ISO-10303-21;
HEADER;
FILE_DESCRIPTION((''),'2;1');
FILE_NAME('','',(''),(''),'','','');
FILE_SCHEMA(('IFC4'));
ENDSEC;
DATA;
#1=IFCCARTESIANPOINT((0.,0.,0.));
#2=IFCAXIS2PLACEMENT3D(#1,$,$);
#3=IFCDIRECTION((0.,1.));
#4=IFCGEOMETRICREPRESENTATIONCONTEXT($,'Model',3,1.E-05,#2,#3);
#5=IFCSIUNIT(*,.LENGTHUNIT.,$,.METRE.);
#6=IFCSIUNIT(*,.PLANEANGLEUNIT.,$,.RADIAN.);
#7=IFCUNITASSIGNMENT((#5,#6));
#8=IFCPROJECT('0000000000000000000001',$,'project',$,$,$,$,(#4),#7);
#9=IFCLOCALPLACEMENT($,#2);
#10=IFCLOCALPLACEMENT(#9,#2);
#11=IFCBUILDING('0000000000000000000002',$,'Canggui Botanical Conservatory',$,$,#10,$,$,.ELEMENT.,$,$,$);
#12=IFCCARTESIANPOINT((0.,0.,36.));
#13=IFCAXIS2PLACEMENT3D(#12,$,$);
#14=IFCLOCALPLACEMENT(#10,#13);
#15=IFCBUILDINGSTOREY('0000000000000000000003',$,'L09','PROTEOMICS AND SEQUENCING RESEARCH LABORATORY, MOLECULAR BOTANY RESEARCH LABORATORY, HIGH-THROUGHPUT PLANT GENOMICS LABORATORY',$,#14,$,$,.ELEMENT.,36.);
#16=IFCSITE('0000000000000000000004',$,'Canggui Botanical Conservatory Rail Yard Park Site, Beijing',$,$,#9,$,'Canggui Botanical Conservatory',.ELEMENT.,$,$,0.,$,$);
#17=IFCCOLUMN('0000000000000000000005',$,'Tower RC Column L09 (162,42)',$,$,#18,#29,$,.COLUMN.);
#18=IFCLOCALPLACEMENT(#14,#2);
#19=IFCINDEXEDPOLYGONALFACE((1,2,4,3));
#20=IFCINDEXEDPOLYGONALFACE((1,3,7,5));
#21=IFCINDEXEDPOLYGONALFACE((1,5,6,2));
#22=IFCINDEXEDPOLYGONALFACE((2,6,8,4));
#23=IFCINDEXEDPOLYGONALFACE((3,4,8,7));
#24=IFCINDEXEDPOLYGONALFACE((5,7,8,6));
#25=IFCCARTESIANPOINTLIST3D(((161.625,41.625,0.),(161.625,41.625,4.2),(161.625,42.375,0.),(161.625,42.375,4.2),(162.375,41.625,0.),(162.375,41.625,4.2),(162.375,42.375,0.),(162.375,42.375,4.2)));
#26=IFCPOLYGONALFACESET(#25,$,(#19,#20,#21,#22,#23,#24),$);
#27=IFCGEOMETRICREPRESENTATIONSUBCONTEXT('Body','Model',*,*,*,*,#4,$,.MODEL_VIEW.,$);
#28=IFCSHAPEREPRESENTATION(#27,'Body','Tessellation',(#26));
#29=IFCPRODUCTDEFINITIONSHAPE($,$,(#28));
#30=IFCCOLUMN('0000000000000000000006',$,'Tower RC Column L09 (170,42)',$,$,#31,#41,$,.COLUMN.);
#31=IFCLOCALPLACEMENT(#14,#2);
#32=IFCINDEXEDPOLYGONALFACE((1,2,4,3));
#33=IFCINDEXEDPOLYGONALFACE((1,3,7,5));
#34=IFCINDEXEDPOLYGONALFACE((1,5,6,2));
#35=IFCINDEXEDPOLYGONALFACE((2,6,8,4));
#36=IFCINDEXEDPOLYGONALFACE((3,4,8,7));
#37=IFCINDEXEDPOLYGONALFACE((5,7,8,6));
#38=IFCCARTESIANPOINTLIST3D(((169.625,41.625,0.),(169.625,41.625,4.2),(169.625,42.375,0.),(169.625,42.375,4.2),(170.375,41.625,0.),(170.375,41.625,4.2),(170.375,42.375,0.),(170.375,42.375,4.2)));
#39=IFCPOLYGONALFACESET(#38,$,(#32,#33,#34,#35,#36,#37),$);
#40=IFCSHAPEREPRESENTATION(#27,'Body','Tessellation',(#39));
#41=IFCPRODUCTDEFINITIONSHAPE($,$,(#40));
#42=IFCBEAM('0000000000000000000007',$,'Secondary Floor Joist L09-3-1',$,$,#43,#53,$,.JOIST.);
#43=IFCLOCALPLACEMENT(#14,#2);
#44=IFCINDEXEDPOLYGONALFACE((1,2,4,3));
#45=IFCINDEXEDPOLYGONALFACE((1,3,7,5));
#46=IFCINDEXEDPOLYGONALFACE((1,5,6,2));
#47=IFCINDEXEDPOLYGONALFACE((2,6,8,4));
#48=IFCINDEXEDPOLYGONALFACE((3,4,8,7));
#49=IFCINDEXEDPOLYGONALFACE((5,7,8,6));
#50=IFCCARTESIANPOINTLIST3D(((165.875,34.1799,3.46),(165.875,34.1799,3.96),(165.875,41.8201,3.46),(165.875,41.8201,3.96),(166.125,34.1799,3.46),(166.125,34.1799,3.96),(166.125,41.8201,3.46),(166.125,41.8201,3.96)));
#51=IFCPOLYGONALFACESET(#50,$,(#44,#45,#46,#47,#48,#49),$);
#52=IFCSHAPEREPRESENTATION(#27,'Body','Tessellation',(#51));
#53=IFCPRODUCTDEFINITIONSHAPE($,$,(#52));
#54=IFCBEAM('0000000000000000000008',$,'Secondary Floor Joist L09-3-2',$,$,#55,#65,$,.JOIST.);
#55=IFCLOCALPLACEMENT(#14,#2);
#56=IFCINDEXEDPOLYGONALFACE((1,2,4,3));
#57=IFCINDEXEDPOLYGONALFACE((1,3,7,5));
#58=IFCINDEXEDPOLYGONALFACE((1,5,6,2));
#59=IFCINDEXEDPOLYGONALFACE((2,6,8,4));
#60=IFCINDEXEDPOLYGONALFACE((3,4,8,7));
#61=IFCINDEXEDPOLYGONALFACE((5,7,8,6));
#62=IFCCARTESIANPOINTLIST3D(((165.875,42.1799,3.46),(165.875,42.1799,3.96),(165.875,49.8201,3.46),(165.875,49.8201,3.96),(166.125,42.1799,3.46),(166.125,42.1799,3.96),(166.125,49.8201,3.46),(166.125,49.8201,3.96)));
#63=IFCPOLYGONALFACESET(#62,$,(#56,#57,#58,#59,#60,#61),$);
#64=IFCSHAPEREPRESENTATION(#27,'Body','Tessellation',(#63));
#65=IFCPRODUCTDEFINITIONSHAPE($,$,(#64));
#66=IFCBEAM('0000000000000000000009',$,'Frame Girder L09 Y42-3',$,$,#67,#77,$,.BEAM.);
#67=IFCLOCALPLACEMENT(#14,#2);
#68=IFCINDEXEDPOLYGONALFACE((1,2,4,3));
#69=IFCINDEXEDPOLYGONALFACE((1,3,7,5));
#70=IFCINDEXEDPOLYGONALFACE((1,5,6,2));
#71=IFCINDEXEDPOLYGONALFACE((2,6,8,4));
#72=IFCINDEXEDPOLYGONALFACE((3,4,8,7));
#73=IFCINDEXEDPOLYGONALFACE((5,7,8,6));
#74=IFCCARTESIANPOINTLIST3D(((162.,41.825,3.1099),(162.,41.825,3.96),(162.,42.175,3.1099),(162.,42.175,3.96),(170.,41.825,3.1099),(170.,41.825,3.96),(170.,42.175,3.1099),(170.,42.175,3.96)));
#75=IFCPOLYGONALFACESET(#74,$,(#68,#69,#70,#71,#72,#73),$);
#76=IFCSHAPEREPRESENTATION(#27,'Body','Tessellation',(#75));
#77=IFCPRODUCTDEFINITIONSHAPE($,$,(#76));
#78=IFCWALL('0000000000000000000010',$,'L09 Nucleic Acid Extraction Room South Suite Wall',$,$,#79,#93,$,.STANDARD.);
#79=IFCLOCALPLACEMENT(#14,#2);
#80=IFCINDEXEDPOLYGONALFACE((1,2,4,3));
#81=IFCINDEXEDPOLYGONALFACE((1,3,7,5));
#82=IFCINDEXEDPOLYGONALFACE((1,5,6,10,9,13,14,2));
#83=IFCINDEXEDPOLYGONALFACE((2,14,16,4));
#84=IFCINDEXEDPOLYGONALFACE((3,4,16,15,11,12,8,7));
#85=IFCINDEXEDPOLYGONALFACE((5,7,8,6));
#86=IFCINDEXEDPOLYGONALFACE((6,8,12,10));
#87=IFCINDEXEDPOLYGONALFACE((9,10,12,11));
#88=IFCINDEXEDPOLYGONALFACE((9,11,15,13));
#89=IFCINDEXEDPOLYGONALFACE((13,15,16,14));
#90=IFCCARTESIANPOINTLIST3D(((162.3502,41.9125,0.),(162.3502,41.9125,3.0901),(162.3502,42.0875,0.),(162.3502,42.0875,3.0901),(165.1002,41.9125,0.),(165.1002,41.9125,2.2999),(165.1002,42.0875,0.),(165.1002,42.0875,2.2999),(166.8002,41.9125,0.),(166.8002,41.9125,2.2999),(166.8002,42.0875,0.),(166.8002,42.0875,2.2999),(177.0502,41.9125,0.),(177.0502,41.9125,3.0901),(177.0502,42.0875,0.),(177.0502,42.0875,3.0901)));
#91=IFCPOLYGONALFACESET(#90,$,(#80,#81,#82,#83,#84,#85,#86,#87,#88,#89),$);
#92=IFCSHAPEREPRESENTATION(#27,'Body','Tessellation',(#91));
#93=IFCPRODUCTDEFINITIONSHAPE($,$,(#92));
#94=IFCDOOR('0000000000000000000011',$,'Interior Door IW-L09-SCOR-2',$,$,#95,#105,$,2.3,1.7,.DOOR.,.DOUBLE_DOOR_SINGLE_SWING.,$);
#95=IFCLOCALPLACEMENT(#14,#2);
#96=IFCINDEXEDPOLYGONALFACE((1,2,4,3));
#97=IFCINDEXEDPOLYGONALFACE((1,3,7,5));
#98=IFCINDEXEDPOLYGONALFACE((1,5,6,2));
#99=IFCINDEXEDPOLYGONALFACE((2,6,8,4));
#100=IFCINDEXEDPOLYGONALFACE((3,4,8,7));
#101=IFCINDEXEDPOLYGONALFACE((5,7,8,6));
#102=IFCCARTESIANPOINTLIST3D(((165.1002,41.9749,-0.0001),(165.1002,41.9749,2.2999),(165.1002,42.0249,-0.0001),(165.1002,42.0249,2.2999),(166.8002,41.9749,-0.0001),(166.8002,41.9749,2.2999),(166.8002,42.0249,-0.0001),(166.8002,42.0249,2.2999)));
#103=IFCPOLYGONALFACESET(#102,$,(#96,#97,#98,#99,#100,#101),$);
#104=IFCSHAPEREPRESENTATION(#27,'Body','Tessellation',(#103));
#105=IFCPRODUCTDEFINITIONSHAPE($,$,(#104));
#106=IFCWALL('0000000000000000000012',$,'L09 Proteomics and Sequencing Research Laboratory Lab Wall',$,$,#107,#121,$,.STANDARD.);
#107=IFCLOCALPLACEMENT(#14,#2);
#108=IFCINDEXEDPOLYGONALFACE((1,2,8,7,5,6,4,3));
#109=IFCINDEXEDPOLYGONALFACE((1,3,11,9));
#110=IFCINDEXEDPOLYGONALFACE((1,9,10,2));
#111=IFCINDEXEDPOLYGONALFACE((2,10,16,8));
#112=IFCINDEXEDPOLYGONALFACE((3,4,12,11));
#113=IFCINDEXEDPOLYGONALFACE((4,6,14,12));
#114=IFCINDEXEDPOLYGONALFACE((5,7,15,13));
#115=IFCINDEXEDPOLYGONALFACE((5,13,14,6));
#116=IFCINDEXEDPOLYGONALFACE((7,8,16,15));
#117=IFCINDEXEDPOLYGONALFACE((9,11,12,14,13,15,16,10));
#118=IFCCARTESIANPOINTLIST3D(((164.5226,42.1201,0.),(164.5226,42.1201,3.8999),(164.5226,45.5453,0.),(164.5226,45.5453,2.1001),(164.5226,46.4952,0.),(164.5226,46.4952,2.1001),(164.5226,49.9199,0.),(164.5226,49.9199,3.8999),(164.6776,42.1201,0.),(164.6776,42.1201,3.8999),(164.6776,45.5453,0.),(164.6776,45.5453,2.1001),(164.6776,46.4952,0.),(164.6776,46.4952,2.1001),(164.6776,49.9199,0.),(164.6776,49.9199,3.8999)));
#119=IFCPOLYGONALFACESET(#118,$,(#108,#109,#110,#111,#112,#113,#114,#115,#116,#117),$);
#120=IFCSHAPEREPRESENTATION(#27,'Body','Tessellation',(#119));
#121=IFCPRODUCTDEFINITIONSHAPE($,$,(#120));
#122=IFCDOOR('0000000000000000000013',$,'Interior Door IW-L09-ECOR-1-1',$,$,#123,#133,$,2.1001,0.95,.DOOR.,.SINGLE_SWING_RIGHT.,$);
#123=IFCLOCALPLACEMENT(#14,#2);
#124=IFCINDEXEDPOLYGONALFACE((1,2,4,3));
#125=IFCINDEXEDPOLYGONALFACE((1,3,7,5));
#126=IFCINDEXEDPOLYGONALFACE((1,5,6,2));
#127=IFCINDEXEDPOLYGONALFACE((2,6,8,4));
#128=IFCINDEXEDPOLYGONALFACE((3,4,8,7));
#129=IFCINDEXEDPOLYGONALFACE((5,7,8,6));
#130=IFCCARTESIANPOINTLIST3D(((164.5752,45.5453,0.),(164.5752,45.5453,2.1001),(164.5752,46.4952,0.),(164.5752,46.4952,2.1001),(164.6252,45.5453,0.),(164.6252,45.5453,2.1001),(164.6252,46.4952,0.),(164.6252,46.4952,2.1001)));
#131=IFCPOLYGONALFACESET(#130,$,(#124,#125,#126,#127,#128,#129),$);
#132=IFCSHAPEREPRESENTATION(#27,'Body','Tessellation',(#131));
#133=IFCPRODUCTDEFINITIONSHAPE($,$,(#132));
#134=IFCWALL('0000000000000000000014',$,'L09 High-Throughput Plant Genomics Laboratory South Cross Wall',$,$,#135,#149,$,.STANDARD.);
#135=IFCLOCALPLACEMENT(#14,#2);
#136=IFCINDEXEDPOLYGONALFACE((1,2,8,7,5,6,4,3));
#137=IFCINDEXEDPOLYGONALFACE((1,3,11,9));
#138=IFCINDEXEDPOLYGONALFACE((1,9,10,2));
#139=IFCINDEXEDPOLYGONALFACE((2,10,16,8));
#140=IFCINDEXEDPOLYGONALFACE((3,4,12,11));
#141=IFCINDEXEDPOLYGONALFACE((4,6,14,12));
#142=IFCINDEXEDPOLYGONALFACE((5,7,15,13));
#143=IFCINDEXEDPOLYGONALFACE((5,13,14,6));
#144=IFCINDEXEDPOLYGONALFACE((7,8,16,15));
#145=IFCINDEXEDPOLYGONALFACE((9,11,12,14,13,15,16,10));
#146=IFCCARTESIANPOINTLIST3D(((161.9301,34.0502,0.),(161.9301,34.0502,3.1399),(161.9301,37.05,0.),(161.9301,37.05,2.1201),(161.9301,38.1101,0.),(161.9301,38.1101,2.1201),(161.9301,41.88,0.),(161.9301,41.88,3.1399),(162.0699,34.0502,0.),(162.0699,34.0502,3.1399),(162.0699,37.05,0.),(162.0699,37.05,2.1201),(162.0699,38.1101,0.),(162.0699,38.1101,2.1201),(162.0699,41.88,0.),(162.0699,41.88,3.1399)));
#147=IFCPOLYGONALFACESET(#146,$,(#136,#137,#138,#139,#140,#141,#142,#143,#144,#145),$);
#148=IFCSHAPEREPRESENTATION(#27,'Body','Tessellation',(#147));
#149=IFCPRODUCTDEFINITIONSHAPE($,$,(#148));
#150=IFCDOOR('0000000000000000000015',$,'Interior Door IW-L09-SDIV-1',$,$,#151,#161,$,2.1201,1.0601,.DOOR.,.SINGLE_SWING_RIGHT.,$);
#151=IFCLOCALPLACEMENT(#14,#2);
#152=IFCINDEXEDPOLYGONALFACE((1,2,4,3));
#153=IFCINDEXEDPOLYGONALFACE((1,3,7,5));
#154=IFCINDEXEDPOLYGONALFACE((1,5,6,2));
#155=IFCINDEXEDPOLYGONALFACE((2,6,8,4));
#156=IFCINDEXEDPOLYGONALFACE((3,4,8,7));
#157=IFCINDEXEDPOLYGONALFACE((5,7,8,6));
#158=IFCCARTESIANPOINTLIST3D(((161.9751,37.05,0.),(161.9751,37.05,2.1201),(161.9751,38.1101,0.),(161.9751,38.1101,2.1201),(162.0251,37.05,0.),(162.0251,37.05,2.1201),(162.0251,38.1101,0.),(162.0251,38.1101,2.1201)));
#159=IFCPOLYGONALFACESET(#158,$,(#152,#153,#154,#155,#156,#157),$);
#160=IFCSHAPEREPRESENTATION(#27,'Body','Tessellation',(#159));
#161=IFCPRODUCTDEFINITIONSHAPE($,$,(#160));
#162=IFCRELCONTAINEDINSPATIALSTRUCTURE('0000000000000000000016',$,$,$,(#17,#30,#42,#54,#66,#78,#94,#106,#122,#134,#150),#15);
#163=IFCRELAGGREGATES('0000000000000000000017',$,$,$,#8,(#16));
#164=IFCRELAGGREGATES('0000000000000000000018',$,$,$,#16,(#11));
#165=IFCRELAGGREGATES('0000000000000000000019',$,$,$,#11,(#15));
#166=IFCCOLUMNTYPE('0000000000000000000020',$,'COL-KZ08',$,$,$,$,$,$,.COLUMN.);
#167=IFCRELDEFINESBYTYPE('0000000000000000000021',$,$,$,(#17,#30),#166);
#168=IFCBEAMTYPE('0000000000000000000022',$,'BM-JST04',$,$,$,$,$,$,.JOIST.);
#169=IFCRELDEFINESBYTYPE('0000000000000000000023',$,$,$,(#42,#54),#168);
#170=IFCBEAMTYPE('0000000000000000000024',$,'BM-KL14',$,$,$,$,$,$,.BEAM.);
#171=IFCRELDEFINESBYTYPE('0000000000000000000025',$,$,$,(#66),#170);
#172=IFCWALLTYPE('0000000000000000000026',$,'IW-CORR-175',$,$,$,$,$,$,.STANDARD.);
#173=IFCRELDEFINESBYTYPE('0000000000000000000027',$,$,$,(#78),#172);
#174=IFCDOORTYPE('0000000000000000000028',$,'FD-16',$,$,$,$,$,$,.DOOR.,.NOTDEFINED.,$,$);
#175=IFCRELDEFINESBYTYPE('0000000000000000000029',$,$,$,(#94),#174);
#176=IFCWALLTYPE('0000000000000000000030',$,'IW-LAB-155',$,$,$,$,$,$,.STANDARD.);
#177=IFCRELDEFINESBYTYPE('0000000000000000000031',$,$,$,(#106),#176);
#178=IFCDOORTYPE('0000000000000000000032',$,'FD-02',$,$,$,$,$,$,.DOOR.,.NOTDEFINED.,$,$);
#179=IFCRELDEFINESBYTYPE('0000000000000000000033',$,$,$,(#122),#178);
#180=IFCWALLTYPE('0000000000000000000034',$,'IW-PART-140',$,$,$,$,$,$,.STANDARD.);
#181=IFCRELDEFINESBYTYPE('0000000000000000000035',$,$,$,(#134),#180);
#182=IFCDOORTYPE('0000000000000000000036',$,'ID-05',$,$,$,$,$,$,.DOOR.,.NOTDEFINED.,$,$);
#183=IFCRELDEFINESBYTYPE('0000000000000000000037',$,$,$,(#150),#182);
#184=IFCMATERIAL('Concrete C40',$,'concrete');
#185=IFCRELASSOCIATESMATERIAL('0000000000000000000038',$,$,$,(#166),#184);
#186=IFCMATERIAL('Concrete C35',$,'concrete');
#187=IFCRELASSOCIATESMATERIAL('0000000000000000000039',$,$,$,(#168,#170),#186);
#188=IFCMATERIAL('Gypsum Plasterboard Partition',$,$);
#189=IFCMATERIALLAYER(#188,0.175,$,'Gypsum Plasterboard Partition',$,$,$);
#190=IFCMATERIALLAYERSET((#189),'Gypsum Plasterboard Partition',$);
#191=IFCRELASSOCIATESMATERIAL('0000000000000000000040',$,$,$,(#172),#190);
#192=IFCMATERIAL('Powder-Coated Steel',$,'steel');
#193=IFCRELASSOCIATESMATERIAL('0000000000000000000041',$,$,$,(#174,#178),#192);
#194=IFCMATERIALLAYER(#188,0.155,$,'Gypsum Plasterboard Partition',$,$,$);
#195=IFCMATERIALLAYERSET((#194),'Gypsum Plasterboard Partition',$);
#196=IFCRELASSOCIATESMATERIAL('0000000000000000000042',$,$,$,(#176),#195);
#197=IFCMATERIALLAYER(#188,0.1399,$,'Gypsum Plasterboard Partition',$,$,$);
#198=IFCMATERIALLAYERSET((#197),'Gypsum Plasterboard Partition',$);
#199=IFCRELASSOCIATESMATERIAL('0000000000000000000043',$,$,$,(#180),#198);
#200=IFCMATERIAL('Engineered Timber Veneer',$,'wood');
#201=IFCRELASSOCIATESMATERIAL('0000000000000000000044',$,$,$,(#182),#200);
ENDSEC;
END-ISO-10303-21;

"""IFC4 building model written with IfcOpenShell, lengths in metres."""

from ifc_helpers import new_model, si_unit, direction, frame, frame_2d, origin, origin_2d, place, context, subcontext, project, spatial, rectangle, extrude, material, layer, layer_set, material_profile, profile_set, type_object, element, fill, save


model = new_model("IFC4")

# Units and contexts
model_context = context("Model", 3, precision=1e-05, world=origin(), true_north=direction((0.0, 1.0)))
body_context = subcontext(model_context, "Body", "Model", "MODEL_VIEW")
ifc_project = project(units=[si_unit("LENGTHUNIT", "METRE"), si_unit("PLANEANGLEUNIT", "RADIAN")], contexts=[model_context])

# Site, building, storey
site_placement = place(None, origin())
site = spatial("IfcSite", under=ifc_project, at=site_placement, Name="Canggui Botanical Conservatory Rail Yard Park Site, Beijing", LongName="Canggui Botanical Conservatory", CompositionType="ELEMENT", RefElevation=0.0)
building_placement = place(site_placement, origin())
building = spatial("IfcBuilding", under=site, at=building_placement, Name="Canggui Botanical Conservatory", CompositionType="ELEMENT")
storey_placement = place(building_placement, frame((0.0, 0.0, 36.0)))
storey = spatial("IfcBuildingStorey", under=building, at=storey_placement, Name="L09", Description="PROTEOMICS AND SEQUENCING RESEARCH LABORATORY, MOLECULAR BOTANY RESEARCH LABORATORY, HIGH-THROUGHPUT PLANT GENOMICS LABORATORY", CompositionType="ELEMENT", Elevation=36.0)

# Columns
ifc_material_1 = material(Name="Concrete C40", Category="concrete")
ifc_material_profile_1 = material_profile(ifc_material_1, rectangle(XDim=0.75, YDim=0.75, at=origin_2d()), Name="RC 750x750")
ifc_profile_set_1 = profile_set([ifc_material_profile_1], Name="Concrete C40")
column_type = type_object("IfcColumnType", Name="COL-KZ08", PredefinedType="COLUMN", material=ifc_profile_set_1)
for number, where, z_axis, x_axis, name in (
    (1, (162.0, 42.0, 0.0), (0.0, 0.0, 1.0), (1.0, 0.0, 0.0), "Tower RC Column L09 (162,42)"),
    (2, (170.0, 42.0, 0.0), (0.0, 0.0, 1.0), (1.0, 0.0, 0.0), "Tower RC Column L09 (170,42)"),
):
    element("IfcColumn", number, at=place(storey_placement, frame(where, z_axis=z_axis, x_axis=x_axis)), inside=storey, type_object=column_type, Name=name, PredefinedType="COLUMN", context=body_context, shape_type="SweptSolid", body=[
        extrude(rectangle(XDim=0.75, YDim=0.75, at=origin_2d()), origin(), (0.0, 0.0, 1.0), 4.2),
    ])

# Beams
ifc_material_2 = material(Name="Concrete C35", Category="concrete")
ifc_material_profile_2 = material_profile(ifc_material_2, rectangle(XDim=0.25, YDim=0.5, at=origin_2d()), Name="RB 250x500")
ifc_profile_set_2 = profile_set([ifc_material_profile_2], Name="Concrete C35")
beam_type_1 = type_object("IfcBeamType", Name="BM-JST04", PredefinedType="JOIST", material=ifc_profile_set_2)
for number, where, z_axis, x_axis, name in (
    (3, (166.0, 34.1799, 3.71), (0.0, 1.0, 0.0), (-1.0, 0.0, 0.0), "Secondary Floor Joist L09-3-1"),
    (4, (166.0, 42.1799, 3.71), (0.0, 1.0, 0.0), (-1.0, 0.0, 0.0), "Secondary Floor Joist L09-3-2"),
):
    element("IfcBeam", number, at=place(storey_placement, frame(where, z_axis=z_axis, x_axis=x_axis)), inside=storey, type_object=beam_type_1, Name=name, PredefinedType="JOIST", context=body_context, shape_type="SweptSolid", body=[
        extrude(rectangle(XDim=0.25, YDim=0.5, at=origin_2d()), origin(), (0.0, 0.0, 1.0), 7.6401),
    ])
ifc_material_profile_3 = material_profile(ifc_material_2, rectangle(XDim=0.3501, YDim=0.8501, at=origin_2d()), Name="RB 350x850")
ifc_profile_set_3 = profile_set([ifc_material_profile_3], Name="Concrete C35")
beam_type_2 = type_object("IfcBeamType", Name="BM-KL14", PredefinedType="BEAM", material=ifc_profile_set_3)
beam_placement = place(storey_placement, frame((162.0, 42.0, 3.5349), z_axis=(1.0, 0.0, 0.0), x_axis=(0.0, 1.0, 0.0)))
element("IfcBeam", 5, at=beam_placement, inside=storey, type_object=beam_type_2, Name="Frame Girder L09 Y42-3", PredefinedType="BEAM", context=body_context, shape_type="SweptSolid", body=[
    extrude(rectangle(XDim=0.3501, YDim=0.8501, at=origin_2d()), origin(), (0.0, 0.0, 1.0), 8.0),
])

# Walls, openings, doors
ifc_material_3 = material(Name="Gypsum Plasterboard Partition")
ifc_layer_1 = layer(ifc_material_3, 0.175, Name="Gypsum Plasterboard Partition")
ifc_layer_set_1 = layer_set([ifc_layer_1], Name="Gypsum Plasterboard Partition")
wall_type_1 = type_object("IfcWallType", Name="IW-CORR-175", PredefinedType="STANDARD", material=ifc_layer_set_1)
wall_1_placement = place(storey_placement, frame((162.3501, 42.0, 0.0), z_axis=(0.0, 0.0, 1.0), x_axis=(1.0, 0.0, 0.0)))
wall_1 = element("IfcWall", 6, at=wall_1_placement, inside=storey, type_object=wall_type_1, Name="L09 Nucleic Acid Extraction Room South Suite Wall", PredefinedType="STANDARD", context=body_context, shape_type="SweptSolid", body=[
    extrude(rectangle(XDim=14.7, YDim=0.175, at=frame_2d((7.3501, 0.0))), origin(), (0.0, 0.0, 1.0), 3.0901),
])
opening_1_placement = place(wall_1_placement, frame((2.75, 0.0, 0.0)))
opening_1 = element("IfcOpeningElement", 7, at=opening_1_placement, cuts=wall_1, PredefinedType="OPENING", context=body_context, shape_type="SweptSolid", body=[
    extrude(rectangle(XDim=1.7, YDim=2.3, at=frame_2d((0.8501, 1.1499))), frame((0.0, 0.0977, 0.0), z_axis=(0.0, -1.0, 0.0), x_axis=(1.0, 0.0, 0.0)), (0.0, 0.0, 1.0), 0.1951),
])
ifc_material_4 = material(Name="Powder-Coated Steel", Category="steel")
door_type_1 = type_object("IfcDoorType", Name="FD-16", OperationType="NOTDEFINED", PredefinedType="DOOR", material=ifc_material_4)
door_1_placement = place(opening_1_placement, origin())
door_1 = element("IfcDoor", 8, at=door_1_placement, inside=storey, type_object=door_type_1, Name="Interior Door IW-L09-SCOR-2", OperationType="DOUBLE_DOOR_SINGLE_SWING", OverallHeight=2.3, OverallWidth=1.7, PredefinedType="DOOR", context=body_context, shape_type="SweptSolid", body=[
    extrude(rectangle(XDim=1.7, YDim=2.3, at=frame_2d((0.8501, 1.1499))), frame((0.0, 0.0249, 0.0), z_axis=(0.0, -1.0, 0.0), x_axis=(1.0, 0.0, 0.0)), (0.0, 0.0, 1.0), 0.05),
])
fill(opening_1, door_1)
ifc_layer_2 = layer(ifc_material_3, 0.155, Name="Gypsum Plasterboard Partition")
ifc_layer_set_2 = layer_set([ifc_layer_2], Name="Gypsum Plasterboard Partition")
wall_type_2 = type_object("IfcWallType", Name="IW-LAB-155", PredefinedType="STANDARD", material=ifc_layer_set_2)
wall_2_placement = place(storey_placement, frame((164.6001, 42.1201, 0.0), z_axis=(0.0, 0.0, 1.0), x_axis=(0.0, 1.0, 0.0)))
wall_2 = element("IfcWall", 9, at=wall_2_placement, inside=storey, type_object=wall_type_2, Name="L09 Proteomics and Sequencing Research Laboratory Lab Wall", PredefinedType="STANDARD", context=body_context, shape_type="SweptSolid", body=[
    extrude(rectangle(XDim=7.7998, YDim=0.155, at=frame_2d((3.8999, 0.0))), origin(), (0.0, 0.0, 1.0), 3.8999),
])
opening_2_placement = place(wall_2_placement, frame((3.425, 0.0, 0.0)))
opening_2 = element("IfcOpeningElement", 10, at=opening_2_placement, cuts=wall_2, PredefinedType="OPENING", context=body_context, shape_type="SweptSolid", body=[
    extrude(rectangle(XDim=0.95, YDim=2.1001, at=frame_2d((0.4751, 1.05))), frame((0.0, 0.0874, 0.0), z_axis=(0.0, -1.0, 0.0), x_axis=(1.0, 0.0, 0.0)), (0.0, 0.0, 1.0), 0.175),
])
door_type_2 = type_object("IfcDoorType", Name="FD-02", OperationType="NOTDEFINED", PredefinedType="DOOR", material=ifc_material_4)
door_2_placement = place(opening_2_placement, origin())
door_2 = element("IfcDoor", 11, at=door_2_placement, inside=storey, type_object=door_type_2, Name="Interior Door IW-L09-ECOR-1-1", OperationType="SINGLE_SWING_RIGHT", OverallHeight=2.1001, OverallWidth=0.95, PredefinedType="DOOR", context=body_context, shape_type="SweptSolid", body=[
    extrude(rectangle(XDim=0.95, YDim=2.1001, at=frame_2d((0.4751, 1.05))), frame((0.0, 0.0249, 0.0), z_axis=(0.0, -1.0, 0.0), x_axis=(1.0, 0.0, 0.0)), (0.0, 0.0, 1.0), 0.05),
])
fill(opening_2, door_2)
ifc_layer_3 = layer(ifc_material_3, 0.1399, Name="Gypsum Plasterboard Partition")
ifc_layer_set_3 = layer_set([ifc_layer_3], Name="Gypsum Plasterboard Partition")
wall_type_3 = type_object("IfcWallType", Name="IW-PART-140", PredefinedType="STANDARD", material=ifc_layer_set_3)
wall_3_placement = place(storey_placement, frame((162.0, 34.05, 0.0), z_axis=(0.0, 0.0, 1.0), x_axis=(0.0, 1.0, 0.0)))
wall_3 = element("IfcWall", 12, at=wall_3_placement, inside=storey, type_object=wall_type_3, Name="L09 High-Throughput Plant Genomics Laboratory South Cross Wall", PredefinedType="STANDARD", context=body_context, shape_type="SweptSolid", body=[
    extrude(rectangle(XDim=7.8298, YDim=0.1399, at=frame_2d((3.915, 0.0))), origin(), (0.0, 0.0, 1.0), 3.1399),
])
opening_3_placement = place(wall_3_placement, frame((3.0, 0.0, 0.0)))
opening_3 = element("IfcOpeningElement", 13, at=opening_3_placement, cuts=wall_3, PredefinedType="OPENING", context=body_context, shape_type="SweptSolid", body=[
    extrude(rectangle(XDim=1.0601, YDim=2.1201, at=frame_2d((0.53, 1.0601))), frame((0.0, 0.0801, 0.0), z_axis=(0.0, -1.0, 0.0), x_axis=(1.0, 0.0, 0.0)), (0.0, 0.0, 1.0), 0.1599),
])
ifc_material_5 = material(Name="Engineered Timber Veneer", Category="wood")
door_type_3 = type_object("IfcDoorType", Name="ID-05", OperationType="NOTDEFINED", PredefinedType="DOOR", material=ifc_material_5)
door_3_placement = place(opening_3_placement, origin())
door_3 = element("IfcDoor", 14, at=door_3_placement, inside=storey, type_object=door_type_3, Name="Interior Door IW-L09-SDIV-1", OperationType="SINGLE_SWING_RIGHT", OverallHeight=2.1201, OverallWidth=1.0601, PredefinedType="DOOR", context=body_context, shape_type="SweptSolid", body=[
    extrude(rectangle(XDim=1.0601, YDim=2.1201, at=frame_2d((0.53, 1.0601))), frame((0.0, 0.0249, 0.0), z_axis=(0.0, -1.0, 0.0), x_axis=(1.0, 0.0, 0.0)), (0.0, 0.0, 1.0), 0.05),
])
fill(opening_3, door_3)

save(model, "model.ifc")
